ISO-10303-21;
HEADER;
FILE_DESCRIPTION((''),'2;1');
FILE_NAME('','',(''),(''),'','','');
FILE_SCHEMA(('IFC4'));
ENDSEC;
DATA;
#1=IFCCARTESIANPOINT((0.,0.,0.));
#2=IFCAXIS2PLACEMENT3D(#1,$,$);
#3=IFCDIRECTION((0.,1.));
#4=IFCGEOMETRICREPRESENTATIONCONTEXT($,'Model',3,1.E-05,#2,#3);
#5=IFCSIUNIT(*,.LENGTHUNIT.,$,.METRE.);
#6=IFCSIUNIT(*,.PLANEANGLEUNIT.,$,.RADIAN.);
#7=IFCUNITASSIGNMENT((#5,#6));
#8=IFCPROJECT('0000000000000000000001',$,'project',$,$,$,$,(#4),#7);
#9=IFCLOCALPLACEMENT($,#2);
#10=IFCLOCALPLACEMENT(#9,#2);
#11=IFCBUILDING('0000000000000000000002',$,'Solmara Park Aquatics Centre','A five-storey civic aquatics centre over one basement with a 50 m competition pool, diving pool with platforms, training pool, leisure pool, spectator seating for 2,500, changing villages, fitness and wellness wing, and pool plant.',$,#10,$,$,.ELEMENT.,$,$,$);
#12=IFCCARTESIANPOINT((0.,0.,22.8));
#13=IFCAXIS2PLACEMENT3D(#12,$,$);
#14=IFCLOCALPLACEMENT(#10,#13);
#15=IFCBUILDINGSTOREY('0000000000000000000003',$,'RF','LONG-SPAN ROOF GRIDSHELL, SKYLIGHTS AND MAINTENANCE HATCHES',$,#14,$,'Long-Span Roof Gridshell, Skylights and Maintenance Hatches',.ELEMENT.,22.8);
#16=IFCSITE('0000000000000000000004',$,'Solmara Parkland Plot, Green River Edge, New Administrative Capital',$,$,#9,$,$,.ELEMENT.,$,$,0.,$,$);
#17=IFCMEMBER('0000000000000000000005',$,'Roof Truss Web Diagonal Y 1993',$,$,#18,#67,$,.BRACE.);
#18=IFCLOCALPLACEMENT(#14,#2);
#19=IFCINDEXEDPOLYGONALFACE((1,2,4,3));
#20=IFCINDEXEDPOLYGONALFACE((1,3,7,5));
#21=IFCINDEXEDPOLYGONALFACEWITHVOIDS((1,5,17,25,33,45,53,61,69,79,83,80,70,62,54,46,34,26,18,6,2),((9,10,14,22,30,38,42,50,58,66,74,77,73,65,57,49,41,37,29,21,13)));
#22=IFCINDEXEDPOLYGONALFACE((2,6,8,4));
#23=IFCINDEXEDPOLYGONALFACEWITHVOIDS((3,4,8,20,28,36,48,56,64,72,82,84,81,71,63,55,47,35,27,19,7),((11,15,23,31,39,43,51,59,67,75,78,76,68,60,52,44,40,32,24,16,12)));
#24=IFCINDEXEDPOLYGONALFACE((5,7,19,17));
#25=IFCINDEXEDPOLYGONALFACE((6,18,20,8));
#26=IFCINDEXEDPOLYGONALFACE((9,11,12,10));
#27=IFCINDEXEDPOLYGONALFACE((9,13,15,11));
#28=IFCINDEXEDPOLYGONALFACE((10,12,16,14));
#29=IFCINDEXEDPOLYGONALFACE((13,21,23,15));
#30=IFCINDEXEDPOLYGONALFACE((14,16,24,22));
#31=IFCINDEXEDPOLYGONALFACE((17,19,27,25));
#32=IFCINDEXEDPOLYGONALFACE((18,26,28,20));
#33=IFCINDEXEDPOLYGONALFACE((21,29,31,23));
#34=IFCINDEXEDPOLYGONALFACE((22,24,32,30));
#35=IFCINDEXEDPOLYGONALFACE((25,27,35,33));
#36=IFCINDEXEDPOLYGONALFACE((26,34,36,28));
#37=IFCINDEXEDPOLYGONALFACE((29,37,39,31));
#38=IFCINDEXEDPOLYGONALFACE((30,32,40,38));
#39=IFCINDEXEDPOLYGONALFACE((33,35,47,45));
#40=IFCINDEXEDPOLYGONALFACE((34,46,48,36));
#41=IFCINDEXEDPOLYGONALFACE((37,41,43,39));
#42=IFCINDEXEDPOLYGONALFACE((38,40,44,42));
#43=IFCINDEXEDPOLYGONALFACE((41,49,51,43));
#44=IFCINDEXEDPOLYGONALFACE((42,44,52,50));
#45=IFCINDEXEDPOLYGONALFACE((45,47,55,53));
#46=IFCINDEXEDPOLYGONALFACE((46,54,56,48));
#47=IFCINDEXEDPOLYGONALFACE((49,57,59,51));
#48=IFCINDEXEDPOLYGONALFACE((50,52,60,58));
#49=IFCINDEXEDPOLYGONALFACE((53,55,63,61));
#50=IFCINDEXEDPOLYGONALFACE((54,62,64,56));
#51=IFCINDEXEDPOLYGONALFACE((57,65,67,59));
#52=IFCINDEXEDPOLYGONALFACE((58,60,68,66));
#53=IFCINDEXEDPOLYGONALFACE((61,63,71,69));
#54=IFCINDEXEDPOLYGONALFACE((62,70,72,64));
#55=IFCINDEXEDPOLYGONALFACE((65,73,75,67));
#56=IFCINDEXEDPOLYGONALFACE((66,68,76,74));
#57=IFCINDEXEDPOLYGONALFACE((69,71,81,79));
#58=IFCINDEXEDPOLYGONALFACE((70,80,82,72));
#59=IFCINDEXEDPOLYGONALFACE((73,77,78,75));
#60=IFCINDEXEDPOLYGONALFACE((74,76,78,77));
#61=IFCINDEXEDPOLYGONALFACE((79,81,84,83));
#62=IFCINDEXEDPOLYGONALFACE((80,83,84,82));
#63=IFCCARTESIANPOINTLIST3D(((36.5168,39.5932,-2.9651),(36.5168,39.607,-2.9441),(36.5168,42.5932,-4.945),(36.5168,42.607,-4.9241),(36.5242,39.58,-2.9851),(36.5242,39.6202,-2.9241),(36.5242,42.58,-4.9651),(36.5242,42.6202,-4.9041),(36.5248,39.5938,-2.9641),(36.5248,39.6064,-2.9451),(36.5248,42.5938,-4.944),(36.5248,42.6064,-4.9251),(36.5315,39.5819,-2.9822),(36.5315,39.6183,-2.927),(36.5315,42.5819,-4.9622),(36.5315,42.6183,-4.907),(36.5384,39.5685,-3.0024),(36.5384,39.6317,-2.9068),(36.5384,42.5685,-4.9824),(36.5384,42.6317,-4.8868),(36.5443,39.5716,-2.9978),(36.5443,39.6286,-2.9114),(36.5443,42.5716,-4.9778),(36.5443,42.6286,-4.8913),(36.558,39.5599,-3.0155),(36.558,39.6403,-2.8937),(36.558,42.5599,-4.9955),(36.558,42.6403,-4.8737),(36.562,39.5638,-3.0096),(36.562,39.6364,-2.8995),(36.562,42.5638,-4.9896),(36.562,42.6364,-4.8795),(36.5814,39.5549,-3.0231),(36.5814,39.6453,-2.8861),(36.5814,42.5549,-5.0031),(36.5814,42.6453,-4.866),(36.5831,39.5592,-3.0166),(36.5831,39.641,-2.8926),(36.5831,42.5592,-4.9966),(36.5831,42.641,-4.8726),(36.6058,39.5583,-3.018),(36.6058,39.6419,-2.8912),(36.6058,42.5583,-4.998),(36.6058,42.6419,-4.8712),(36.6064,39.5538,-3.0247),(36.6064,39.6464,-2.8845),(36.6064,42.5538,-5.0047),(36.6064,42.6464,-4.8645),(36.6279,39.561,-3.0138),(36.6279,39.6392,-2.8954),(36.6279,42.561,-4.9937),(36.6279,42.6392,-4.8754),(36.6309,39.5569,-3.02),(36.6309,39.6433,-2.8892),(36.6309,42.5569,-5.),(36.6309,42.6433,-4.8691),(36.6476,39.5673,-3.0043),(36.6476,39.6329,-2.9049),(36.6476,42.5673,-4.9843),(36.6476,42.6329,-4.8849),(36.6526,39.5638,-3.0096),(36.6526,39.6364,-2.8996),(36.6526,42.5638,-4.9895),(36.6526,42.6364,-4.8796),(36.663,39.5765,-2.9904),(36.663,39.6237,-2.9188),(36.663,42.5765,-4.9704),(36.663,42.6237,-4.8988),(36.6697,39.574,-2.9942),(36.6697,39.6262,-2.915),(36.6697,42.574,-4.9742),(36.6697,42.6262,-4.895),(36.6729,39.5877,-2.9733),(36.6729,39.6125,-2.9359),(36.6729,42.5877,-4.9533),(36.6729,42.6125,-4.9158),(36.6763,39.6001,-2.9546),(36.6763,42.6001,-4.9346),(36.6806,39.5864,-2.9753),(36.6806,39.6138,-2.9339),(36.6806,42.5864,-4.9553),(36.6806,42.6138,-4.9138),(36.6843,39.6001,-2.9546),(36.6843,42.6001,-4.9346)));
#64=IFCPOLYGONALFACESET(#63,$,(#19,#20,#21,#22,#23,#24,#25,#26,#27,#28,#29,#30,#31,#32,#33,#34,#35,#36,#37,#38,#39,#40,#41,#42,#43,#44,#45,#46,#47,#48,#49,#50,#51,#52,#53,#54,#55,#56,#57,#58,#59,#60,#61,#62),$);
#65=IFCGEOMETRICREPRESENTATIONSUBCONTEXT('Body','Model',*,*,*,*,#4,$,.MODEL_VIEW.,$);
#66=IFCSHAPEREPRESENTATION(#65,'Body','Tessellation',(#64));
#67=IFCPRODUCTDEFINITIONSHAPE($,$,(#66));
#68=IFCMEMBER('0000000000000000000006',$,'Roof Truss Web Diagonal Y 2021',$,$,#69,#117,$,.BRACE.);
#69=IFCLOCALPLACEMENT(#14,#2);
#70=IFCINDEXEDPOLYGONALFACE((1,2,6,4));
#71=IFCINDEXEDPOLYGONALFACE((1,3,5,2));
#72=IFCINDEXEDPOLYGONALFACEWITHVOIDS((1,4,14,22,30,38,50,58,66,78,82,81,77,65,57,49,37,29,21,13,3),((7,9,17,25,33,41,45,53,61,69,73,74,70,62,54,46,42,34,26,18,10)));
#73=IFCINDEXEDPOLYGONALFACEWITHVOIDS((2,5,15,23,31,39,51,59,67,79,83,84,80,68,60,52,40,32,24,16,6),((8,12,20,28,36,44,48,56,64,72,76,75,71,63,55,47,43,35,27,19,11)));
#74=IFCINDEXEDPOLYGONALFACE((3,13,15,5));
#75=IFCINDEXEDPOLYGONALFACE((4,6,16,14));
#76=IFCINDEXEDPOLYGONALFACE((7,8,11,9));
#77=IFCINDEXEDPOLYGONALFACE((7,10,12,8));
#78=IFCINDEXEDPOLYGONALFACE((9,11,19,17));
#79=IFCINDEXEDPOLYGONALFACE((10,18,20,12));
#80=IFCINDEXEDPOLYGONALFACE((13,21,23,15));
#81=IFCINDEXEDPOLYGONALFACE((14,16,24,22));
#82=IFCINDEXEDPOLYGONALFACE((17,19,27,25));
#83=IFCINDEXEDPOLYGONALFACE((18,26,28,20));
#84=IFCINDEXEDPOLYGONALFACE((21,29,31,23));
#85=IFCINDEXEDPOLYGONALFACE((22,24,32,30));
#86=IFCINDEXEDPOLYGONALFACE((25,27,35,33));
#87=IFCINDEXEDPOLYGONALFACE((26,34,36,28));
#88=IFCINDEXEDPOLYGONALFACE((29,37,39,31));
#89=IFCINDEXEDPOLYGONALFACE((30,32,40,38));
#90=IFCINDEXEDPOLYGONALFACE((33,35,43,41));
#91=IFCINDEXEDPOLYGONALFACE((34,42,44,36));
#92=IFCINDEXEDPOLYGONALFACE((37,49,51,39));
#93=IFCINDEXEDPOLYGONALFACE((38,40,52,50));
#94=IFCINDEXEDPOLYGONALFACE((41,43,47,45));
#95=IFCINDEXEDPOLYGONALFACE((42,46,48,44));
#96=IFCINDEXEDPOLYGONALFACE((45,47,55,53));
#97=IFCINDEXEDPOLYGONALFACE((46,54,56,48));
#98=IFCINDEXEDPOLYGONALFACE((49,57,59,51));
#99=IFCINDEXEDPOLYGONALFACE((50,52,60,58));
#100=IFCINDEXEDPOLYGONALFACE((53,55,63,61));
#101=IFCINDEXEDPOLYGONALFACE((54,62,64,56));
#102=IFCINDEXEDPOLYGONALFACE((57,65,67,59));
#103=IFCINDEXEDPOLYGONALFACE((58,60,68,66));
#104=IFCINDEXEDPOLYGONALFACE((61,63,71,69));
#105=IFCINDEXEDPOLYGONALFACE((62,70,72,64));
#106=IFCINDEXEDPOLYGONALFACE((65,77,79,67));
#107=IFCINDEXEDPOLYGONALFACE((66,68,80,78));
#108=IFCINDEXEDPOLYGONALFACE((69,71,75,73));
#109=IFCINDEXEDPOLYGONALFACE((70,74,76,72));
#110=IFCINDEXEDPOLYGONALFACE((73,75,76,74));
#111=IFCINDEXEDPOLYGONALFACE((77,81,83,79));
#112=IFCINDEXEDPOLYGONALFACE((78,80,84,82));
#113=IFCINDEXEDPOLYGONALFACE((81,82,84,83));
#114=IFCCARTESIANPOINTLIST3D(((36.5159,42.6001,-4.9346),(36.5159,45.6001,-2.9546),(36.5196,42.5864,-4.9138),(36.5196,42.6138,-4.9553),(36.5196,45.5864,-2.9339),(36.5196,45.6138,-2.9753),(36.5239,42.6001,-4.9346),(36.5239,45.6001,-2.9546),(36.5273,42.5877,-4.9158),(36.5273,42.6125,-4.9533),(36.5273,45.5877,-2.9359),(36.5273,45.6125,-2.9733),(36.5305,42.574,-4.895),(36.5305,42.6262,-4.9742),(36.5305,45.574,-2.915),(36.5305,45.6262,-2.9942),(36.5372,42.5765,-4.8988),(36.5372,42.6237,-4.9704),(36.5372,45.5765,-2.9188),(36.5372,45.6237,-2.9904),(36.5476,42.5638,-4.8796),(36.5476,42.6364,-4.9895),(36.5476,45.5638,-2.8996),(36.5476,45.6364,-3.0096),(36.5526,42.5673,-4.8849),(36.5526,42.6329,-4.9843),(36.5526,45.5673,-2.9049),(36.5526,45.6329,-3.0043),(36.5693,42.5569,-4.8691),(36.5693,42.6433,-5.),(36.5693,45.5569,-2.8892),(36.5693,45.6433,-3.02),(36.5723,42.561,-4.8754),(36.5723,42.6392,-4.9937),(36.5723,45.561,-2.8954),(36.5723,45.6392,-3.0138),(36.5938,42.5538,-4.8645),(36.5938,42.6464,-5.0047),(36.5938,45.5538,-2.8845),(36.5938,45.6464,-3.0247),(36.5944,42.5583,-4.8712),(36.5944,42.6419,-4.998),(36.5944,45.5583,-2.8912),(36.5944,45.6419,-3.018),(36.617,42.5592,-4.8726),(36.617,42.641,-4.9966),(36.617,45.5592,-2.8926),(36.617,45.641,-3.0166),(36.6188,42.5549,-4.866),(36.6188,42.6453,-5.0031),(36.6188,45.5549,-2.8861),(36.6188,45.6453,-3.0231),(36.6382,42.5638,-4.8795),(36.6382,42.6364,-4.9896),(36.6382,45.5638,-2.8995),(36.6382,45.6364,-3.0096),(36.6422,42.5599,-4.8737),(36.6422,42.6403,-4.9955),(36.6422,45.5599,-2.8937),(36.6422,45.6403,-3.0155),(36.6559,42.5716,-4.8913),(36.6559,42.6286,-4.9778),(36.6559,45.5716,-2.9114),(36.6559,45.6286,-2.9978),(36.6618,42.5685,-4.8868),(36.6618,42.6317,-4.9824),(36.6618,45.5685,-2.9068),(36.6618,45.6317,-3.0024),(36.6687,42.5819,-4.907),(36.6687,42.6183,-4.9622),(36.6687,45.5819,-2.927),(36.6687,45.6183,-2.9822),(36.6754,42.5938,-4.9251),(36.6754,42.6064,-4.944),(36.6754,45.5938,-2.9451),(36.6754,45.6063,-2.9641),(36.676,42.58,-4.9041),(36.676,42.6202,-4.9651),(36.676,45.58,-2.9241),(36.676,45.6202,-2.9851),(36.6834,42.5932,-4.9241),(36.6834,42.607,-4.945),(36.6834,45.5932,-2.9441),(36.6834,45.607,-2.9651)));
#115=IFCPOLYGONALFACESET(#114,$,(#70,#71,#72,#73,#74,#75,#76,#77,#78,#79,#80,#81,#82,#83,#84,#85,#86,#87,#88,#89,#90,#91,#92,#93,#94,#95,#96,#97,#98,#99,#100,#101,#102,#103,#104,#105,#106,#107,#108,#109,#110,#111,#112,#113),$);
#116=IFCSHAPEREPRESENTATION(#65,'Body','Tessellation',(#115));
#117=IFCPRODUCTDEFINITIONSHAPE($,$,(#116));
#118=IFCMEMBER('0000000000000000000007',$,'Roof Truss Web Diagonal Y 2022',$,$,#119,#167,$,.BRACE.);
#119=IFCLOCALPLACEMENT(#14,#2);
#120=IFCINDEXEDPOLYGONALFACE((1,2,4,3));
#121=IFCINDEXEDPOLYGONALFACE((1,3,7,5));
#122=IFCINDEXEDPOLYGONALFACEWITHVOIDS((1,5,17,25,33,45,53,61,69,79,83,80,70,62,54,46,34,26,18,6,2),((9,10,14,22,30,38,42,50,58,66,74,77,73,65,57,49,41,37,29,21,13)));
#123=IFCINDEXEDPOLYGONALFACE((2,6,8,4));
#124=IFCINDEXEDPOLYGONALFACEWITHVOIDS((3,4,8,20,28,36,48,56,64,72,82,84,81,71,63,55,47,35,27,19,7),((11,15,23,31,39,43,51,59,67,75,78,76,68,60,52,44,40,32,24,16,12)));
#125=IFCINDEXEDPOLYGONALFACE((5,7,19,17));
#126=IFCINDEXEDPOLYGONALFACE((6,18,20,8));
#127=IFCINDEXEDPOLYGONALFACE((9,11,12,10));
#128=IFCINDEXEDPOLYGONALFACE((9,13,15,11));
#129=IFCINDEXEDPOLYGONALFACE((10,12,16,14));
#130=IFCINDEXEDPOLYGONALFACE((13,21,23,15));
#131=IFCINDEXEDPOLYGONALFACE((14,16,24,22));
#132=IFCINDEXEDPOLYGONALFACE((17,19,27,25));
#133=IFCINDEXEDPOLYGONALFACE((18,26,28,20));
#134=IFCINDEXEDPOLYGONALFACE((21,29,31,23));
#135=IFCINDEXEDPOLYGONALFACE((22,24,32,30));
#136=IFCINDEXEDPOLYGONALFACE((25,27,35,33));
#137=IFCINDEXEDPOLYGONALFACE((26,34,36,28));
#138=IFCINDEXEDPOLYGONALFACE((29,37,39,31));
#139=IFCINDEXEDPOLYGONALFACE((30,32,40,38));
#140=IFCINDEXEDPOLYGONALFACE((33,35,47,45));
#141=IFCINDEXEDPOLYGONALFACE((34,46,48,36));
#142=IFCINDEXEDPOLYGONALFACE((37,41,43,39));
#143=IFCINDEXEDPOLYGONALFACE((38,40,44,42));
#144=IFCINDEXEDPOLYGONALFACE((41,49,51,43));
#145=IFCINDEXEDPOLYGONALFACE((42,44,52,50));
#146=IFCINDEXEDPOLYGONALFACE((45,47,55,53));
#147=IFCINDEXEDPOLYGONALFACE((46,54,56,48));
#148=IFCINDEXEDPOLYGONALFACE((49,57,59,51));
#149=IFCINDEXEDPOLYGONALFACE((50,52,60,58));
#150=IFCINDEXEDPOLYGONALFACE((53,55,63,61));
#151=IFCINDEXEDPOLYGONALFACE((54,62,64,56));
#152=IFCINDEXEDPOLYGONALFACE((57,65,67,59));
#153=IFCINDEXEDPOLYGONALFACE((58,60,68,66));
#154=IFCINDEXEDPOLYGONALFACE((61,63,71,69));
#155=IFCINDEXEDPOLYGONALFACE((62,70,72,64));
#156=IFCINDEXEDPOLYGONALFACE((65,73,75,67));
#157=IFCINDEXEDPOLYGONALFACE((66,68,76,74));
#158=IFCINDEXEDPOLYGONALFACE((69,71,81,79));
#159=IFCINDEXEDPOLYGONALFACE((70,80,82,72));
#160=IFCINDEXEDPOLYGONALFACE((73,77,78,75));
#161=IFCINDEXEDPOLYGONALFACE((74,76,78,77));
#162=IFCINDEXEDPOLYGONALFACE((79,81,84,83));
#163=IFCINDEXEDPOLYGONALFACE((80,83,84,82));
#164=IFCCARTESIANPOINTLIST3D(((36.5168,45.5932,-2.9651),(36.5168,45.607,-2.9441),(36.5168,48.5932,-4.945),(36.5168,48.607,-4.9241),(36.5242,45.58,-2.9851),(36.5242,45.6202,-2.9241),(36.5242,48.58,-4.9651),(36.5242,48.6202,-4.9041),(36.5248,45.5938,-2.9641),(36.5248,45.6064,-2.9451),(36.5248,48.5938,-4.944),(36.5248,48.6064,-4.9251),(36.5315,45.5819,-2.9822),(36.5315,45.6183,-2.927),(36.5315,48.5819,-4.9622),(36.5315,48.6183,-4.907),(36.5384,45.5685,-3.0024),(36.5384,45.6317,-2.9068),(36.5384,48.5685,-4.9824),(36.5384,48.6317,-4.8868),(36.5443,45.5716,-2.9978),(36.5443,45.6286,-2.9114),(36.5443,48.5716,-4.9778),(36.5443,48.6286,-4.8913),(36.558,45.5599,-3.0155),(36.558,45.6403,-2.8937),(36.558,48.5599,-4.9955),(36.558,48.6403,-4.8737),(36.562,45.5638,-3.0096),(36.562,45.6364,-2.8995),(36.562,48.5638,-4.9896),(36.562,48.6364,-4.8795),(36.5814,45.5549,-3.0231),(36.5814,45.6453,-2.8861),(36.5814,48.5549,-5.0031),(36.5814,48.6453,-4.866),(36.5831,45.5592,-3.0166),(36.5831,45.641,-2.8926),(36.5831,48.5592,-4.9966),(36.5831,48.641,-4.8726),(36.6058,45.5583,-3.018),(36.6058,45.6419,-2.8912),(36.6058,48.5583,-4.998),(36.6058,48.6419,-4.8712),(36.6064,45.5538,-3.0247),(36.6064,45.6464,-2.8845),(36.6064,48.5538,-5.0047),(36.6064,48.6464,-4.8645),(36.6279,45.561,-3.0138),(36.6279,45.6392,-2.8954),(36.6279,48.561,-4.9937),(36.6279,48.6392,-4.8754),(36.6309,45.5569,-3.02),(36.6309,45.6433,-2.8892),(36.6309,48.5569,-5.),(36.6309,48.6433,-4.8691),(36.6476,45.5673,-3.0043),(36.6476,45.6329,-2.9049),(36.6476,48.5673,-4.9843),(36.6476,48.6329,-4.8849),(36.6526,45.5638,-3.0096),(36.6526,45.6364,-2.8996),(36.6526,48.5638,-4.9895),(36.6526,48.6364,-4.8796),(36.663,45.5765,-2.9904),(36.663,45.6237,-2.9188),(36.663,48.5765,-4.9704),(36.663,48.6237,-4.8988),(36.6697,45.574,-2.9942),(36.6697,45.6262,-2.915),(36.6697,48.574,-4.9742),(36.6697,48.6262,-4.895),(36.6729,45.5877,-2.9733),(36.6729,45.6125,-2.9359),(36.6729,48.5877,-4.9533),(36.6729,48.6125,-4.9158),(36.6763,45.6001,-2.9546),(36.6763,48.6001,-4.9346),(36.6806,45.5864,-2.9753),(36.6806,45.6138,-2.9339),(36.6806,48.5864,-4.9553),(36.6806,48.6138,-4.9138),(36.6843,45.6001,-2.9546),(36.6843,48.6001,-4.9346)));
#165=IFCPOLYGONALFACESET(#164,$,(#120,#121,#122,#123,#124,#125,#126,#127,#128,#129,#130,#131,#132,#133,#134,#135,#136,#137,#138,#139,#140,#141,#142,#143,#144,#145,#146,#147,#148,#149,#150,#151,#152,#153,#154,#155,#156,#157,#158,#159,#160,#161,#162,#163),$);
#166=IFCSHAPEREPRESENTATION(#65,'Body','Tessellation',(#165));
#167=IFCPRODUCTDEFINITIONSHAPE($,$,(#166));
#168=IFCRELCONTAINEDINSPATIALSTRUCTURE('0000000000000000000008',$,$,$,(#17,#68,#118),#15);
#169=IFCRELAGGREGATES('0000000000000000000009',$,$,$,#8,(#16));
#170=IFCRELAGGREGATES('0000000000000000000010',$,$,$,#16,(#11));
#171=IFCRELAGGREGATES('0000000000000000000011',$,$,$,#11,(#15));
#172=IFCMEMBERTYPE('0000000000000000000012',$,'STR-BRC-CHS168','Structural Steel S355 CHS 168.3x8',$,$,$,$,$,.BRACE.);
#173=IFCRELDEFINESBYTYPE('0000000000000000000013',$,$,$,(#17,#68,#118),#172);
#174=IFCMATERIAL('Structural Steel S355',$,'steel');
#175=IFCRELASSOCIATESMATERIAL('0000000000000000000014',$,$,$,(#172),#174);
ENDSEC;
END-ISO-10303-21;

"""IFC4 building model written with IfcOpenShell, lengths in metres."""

from ifc_helpers import new_model, si_unit, direction, frame, origin, origin_2d, place, context, subcontext, project, spatial, hollow_circle, extrude, material, material_profile, profile_set, type_object, element, save


model = new_model("IFC4")

# Units and contexts
model_context = context("Model", 3, precision=1e-05, world=origin(), true_north=direction((0.0, 1.0)))
body_context = subcontext(model_context, "Body", "Model", "MODEL_VIEW")
ifc_project = project(units=[si_unit("LENGTHUNIT", "METRE"), si_unit("PLANEANGLEUNIT", "RADIAN")], contexts=[model_context])

# Site, building, storey
site_placement = place(None, origin())
site = spatial("IfcSite", under=ifc_project, at=site_placement, Name="Solmara Parkland Plot, Green River Edge, New Administrative Capital", CompositionType="ELEMENT", RefElevation=0.0)
building_placement = place(site_placement, origin())
building = spatial("IfcBuilding", under=site, at=building_placement, Name="Solmara Park Aquatics Centre", Description="A five-storey civic aquatics centre over one basement with a 50 m competition pool, diving pool with platforms, training pool, leisure pool, spectator seating for 2,500, changing villages, fitness and wellness wing, and pool plant.", CompositionType="ELEMENT")
storey_placement = place(building_placement, frame((0.0, 0.0, 22.8)))
storey = spatial("IfcBuildingStorey", under=building, at=storey_placement, Name="RF", Description="LONG-SPAN ROOF GRIDSHELL, SKYLIGHTS AND MAINTENANCE HATCHES", LongName="Long-Span Roof Gridshell, Skylights and Maintenance Hatches", CompositionType="ELEMENT", Elevation=22.8)

# Members
ifc_material_1 = material(Name="Structural Steel S355", Category="steel")
ifc_material_profile_1 = material_profile(ifc_material_1, hollow_circle(Radius=0.0842, WallThickness=0.0081, at=origin_2d()), Name="CHS 168.3x8")
ifc_profile_set_1 = profile_set([ifc_material_profile_1], Name="Structural Steel S355")
member_type_1 = type_object("IfcMemberType", Name="STR-BRC-CHS168", Description="Structural Steel S355 CHS 168.3x8", PredefinedType="BRACE", material=ifc_profile_set_1)
for number, where, z_axis, x_axis, name in (
    (1, (36.6001, 42.6001, -4.9346), (0.0, -0.834612, 0.550838), (1.0, 0.0, 0.0), "Roof Truss Web Diagonal Y 1993"),
    (2, (36.6001, 42.6001, -4.9346), (0.0, 0.834612, 0.550838), (-1.0, 0.0, 0.0), "Roof Truss Web Diagonal Y 2021"),
    (3, (36.6001, 48.6001, -4.9346), (0.0, -0.834612, 0.550838), (1.0, 0.0, 0.0), "Roof Truss Web Diagonal Y 2022"),
):
    element("IfcMember", number, at=place(storey_placement, frame(where, z_axis=z_axis, x_axis=x_axis)), inside=storey, type_object=member_type_1, Name=name, PredefinedType="BRACE", context=body_context, shape_type="SweptSolid", body=[
        extrude(hollow_circle(Radius=0.0842, WallThickness=0.0081, at=origin_2d()), origin(), (0.0, 0.0, 1.0), 3.5945),
    ])

save(model, "model.ifc")
